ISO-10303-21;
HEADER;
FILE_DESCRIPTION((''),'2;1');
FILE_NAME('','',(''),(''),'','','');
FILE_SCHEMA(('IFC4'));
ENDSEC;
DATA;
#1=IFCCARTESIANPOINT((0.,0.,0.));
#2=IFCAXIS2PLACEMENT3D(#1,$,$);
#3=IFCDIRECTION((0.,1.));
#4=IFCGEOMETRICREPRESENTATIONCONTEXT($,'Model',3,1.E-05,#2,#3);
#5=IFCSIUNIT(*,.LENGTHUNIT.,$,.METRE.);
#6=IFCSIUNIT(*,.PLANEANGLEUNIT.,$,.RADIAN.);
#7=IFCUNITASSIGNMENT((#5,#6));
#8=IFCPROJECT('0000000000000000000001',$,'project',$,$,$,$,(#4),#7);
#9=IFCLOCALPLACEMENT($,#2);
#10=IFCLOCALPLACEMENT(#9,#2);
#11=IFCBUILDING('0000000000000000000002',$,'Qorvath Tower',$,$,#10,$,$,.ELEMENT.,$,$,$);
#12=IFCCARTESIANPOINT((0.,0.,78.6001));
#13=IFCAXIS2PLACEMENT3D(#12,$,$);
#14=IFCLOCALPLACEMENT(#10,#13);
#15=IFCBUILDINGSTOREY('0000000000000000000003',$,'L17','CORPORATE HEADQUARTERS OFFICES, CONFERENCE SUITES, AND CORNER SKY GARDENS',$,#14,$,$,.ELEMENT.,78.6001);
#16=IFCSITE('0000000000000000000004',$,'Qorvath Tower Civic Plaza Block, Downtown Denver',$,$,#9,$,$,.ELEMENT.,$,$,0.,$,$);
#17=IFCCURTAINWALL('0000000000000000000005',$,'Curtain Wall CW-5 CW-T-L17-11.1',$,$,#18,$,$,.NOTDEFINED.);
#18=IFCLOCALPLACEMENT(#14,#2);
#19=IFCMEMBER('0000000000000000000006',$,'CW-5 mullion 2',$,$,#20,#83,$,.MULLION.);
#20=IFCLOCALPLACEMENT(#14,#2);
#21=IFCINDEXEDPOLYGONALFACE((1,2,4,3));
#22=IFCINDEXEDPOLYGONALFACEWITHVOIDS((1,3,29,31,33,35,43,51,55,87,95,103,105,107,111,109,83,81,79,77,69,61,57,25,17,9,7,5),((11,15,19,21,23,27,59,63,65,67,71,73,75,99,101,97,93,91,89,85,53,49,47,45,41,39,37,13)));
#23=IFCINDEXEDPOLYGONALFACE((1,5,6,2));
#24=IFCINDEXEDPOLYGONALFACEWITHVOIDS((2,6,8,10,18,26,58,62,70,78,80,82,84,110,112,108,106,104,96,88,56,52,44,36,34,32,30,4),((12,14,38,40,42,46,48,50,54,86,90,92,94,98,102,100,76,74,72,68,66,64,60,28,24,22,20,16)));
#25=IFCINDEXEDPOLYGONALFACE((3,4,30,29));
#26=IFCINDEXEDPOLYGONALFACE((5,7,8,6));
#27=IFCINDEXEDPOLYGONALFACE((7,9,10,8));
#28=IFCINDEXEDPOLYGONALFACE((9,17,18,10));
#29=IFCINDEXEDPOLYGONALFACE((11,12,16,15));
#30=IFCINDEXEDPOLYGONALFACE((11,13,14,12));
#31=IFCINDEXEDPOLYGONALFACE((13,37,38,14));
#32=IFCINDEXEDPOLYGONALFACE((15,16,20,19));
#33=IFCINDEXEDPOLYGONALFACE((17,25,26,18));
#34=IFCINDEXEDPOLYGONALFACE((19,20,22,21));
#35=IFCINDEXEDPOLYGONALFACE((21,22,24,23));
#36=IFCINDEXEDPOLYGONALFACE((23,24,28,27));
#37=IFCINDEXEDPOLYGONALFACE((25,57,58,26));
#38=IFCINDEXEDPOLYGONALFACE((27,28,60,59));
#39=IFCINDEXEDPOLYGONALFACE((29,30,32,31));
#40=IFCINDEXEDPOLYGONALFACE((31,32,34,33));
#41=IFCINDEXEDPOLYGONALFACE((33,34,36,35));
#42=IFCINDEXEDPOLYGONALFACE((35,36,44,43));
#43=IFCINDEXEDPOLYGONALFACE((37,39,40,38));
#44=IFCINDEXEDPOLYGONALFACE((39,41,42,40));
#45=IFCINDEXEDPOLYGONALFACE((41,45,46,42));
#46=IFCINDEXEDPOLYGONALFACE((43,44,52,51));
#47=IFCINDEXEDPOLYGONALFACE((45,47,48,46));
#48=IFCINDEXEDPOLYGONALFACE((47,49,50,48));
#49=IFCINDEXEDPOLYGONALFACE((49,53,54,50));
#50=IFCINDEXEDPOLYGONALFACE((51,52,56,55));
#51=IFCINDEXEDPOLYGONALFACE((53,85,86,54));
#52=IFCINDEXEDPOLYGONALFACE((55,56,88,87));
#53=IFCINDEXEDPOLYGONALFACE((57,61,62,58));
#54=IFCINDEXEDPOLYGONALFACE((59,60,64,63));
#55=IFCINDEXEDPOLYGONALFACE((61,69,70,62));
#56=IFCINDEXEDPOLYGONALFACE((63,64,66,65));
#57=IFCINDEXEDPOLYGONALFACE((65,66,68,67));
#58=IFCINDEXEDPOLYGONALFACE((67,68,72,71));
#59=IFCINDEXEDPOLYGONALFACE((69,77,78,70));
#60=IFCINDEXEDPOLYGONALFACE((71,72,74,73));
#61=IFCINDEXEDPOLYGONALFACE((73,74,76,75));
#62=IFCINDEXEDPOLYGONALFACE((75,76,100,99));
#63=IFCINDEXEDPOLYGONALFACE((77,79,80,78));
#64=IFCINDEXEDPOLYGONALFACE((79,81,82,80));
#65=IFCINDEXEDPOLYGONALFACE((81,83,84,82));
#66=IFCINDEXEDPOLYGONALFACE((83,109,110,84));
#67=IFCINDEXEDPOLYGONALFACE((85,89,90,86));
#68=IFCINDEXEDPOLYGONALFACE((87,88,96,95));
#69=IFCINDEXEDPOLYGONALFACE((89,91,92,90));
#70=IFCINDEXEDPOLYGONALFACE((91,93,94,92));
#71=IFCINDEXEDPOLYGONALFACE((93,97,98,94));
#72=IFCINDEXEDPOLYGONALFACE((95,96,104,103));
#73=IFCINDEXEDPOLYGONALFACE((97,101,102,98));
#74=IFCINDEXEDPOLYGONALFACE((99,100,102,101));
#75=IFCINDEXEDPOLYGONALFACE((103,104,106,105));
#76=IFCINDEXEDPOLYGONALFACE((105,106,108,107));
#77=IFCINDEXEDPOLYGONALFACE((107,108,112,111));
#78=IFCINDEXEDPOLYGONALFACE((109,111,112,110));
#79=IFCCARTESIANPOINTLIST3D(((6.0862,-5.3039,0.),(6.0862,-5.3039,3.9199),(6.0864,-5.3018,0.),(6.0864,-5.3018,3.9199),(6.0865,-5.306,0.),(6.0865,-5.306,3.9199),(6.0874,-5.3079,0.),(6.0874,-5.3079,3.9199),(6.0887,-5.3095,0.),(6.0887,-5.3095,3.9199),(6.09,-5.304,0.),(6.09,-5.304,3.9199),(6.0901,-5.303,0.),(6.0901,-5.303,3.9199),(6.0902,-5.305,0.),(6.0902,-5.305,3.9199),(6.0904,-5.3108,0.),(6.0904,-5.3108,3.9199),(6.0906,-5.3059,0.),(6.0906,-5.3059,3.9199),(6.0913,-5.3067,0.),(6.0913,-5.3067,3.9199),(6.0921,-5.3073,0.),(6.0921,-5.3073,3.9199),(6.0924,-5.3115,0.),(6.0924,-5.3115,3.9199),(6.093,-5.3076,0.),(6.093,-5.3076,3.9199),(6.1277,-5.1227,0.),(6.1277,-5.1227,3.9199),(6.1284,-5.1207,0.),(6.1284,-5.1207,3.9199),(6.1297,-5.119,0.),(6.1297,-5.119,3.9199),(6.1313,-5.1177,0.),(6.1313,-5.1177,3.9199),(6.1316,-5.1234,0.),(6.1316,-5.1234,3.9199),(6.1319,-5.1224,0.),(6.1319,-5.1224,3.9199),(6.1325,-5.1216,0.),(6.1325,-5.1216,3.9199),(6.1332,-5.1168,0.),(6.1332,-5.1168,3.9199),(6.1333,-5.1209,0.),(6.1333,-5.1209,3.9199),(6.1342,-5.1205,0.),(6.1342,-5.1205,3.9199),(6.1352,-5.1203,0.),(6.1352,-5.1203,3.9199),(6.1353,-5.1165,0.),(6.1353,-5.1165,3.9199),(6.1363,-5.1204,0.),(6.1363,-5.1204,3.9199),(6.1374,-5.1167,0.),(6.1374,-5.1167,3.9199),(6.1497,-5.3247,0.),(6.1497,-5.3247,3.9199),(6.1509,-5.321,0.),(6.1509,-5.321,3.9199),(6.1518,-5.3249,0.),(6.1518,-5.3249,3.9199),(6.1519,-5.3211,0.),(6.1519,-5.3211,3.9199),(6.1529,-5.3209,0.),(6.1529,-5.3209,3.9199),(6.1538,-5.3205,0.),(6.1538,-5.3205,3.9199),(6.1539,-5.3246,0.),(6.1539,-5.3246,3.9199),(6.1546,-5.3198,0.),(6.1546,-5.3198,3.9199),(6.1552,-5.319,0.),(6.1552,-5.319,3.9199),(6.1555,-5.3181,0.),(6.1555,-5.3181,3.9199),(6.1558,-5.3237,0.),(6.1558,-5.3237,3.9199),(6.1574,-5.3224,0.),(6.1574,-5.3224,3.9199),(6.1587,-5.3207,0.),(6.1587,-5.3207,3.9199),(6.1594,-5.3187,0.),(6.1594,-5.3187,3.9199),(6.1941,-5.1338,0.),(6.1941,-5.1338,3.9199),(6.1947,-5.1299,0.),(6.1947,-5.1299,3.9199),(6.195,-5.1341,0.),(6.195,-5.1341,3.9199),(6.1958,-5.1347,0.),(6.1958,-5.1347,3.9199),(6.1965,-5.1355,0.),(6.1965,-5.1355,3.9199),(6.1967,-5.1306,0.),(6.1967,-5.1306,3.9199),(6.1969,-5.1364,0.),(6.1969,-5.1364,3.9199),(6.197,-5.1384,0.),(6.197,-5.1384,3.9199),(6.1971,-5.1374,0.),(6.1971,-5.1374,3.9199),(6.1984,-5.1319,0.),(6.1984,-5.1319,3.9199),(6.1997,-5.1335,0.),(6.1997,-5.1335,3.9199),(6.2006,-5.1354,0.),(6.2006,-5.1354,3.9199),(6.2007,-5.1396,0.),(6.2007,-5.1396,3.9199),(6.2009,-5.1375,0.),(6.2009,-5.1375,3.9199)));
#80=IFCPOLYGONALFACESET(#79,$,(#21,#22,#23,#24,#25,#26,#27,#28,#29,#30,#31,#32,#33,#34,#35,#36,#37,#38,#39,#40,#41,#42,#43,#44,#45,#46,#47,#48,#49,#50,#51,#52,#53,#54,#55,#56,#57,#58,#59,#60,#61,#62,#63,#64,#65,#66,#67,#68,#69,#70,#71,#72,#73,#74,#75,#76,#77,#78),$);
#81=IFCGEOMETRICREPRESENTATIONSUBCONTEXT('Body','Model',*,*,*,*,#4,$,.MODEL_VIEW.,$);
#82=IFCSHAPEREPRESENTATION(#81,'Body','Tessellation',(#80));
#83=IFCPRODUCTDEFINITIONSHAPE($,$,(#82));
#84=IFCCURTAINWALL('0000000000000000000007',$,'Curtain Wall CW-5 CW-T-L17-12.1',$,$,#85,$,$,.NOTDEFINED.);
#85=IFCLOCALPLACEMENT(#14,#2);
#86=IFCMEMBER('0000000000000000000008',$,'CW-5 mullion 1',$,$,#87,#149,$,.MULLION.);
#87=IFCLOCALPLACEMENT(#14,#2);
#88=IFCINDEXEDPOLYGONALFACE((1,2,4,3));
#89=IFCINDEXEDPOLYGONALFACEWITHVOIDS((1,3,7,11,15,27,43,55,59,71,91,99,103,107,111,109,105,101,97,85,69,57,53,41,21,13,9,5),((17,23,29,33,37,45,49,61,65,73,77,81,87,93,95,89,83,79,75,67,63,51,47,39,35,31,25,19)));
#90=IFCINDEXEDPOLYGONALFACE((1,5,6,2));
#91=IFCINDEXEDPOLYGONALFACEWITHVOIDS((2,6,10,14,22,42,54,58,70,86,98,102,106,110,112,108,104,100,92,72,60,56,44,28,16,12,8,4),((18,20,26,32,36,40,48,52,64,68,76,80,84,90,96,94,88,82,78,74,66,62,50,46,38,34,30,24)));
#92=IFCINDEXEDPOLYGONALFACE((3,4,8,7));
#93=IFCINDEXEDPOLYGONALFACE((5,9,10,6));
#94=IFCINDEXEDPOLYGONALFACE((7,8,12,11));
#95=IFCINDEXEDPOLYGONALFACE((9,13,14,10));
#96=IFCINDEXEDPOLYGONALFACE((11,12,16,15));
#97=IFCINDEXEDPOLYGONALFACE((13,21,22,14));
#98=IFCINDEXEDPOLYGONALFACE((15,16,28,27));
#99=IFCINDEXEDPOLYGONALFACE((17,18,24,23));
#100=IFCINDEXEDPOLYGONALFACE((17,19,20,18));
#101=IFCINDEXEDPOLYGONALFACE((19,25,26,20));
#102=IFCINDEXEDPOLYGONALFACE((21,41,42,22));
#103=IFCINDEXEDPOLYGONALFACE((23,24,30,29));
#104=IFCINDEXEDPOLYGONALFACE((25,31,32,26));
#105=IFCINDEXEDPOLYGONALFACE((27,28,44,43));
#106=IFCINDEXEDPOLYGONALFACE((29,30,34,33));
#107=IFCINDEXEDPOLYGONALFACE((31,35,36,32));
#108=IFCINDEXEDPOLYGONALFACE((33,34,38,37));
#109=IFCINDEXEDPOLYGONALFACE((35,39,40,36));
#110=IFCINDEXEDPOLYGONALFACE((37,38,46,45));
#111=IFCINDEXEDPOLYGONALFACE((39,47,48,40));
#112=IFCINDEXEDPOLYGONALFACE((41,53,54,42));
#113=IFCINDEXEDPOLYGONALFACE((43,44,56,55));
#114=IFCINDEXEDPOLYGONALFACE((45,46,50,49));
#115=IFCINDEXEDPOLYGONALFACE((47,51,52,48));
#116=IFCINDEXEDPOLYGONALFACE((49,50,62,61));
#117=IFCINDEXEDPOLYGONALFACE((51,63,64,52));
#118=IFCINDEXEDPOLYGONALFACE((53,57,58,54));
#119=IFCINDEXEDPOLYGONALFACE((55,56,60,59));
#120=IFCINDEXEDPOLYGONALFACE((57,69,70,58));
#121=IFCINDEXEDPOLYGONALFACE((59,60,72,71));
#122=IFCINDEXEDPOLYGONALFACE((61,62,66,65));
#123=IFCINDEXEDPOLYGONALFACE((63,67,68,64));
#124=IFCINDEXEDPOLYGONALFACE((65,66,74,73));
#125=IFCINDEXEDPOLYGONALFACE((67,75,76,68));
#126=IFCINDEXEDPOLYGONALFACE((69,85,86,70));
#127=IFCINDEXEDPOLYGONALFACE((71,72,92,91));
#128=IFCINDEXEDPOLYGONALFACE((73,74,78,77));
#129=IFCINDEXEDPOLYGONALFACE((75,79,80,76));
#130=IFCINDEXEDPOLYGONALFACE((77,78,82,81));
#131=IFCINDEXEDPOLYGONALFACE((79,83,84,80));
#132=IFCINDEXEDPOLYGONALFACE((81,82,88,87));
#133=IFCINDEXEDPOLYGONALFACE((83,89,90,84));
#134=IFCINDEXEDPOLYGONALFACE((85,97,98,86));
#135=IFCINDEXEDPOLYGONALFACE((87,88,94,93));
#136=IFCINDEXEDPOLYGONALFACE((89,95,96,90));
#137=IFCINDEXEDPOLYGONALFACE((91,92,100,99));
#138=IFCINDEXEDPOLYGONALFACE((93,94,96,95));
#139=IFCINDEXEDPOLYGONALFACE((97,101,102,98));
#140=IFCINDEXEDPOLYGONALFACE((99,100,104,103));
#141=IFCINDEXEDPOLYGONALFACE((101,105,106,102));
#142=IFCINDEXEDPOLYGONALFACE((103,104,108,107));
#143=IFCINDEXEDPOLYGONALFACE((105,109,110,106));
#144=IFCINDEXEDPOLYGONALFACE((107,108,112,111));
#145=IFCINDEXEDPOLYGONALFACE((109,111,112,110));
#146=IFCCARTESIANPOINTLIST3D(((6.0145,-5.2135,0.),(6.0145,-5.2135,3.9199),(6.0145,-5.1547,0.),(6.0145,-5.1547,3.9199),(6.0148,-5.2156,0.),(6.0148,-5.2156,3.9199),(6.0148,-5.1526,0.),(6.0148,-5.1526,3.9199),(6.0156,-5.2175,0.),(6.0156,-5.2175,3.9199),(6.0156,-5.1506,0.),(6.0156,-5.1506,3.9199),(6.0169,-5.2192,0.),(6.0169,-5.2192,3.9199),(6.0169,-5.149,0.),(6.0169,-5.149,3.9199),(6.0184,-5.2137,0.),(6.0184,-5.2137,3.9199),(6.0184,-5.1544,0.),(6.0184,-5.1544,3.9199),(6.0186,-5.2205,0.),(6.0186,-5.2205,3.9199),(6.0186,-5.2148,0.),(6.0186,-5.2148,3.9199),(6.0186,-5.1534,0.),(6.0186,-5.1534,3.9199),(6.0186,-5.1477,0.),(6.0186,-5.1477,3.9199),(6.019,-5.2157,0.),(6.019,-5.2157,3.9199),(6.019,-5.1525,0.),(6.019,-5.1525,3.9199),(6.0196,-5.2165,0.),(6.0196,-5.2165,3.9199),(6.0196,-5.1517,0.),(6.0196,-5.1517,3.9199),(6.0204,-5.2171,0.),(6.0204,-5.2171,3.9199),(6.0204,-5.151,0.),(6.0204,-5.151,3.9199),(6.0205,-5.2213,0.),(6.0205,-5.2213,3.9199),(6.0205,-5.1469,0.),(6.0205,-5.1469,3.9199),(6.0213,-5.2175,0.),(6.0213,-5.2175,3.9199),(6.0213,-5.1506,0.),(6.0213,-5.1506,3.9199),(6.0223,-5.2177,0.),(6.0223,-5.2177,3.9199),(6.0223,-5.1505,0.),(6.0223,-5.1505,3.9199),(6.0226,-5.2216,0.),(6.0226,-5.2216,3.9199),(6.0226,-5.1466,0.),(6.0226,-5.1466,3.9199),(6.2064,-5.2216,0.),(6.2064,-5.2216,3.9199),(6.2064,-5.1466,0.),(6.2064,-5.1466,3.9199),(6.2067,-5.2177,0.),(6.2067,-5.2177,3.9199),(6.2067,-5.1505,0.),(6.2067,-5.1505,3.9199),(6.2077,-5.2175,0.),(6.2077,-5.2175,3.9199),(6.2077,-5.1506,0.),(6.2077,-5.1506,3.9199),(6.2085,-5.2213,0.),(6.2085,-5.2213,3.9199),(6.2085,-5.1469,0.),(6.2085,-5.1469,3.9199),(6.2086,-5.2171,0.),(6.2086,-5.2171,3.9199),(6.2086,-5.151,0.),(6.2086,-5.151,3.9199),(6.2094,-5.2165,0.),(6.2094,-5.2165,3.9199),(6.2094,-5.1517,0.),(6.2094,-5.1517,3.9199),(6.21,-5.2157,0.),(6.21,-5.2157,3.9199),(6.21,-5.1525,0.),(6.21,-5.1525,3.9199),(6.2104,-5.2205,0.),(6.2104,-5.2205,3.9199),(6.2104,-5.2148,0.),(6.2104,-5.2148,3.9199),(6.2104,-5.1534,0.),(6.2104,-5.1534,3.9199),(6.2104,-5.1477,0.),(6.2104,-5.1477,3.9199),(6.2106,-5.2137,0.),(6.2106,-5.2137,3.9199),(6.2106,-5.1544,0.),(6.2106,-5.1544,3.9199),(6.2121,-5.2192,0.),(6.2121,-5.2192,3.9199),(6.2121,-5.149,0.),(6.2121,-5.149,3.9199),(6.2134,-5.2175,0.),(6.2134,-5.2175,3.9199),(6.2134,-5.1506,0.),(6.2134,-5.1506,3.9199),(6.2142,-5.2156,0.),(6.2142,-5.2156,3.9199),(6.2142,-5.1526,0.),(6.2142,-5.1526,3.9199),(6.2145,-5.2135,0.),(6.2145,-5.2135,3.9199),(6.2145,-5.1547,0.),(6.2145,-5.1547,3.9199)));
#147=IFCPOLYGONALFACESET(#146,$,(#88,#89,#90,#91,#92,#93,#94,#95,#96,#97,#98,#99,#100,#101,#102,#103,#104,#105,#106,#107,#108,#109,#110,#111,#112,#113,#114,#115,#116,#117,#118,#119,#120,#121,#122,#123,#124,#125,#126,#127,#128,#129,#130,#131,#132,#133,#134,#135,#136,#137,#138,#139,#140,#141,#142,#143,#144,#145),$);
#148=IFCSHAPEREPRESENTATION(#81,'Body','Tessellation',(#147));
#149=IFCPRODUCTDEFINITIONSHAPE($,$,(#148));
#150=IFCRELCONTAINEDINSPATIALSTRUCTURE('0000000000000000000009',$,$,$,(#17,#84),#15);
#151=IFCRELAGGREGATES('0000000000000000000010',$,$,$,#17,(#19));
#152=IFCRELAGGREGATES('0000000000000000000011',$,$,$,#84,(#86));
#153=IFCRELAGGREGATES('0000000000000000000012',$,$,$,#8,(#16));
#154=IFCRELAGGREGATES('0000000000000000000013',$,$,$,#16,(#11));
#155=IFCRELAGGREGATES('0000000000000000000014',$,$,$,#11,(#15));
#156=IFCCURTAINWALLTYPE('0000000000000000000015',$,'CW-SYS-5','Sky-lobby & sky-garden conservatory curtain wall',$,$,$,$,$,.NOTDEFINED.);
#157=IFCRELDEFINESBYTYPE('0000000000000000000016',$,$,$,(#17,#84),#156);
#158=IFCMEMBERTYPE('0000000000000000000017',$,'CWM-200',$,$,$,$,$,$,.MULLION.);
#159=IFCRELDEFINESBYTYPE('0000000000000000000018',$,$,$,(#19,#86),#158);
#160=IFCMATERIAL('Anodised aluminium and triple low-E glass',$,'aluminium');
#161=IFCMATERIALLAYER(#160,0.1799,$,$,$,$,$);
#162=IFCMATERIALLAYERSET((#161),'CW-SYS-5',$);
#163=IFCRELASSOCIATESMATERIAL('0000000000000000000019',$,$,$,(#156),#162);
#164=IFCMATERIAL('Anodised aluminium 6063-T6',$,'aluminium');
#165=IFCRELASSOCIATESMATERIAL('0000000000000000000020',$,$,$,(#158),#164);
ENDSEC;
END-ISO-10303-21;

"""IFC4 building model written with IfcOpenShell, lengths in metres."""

from ifc_helpers import new_model, si_unit, direction, frame, origin, origin_2d, place, context, subcontext, project, spatial, hollow_rectangle, extrude, material, layer, layer_set, material_profile, profile_set, type_object, element, aggregate, save


model = new_model("IFC4")

# Units and contexts
model_context = context("Model", 3, precision=1e-05, world=origin(), true_north=direction((0.0, 1.0)))
body_context = subcontext(model_context, "Body", "Model", "MODEL_VIEW")
ifc_project = project(units=[si_unit("LENGTHUNIT", "METRE"), si_unit("PLANEANGLEUNIT", "RADIAN")], contexts=[model_context])

# Site, building, storey
site_placement = place(None, origin())
site = spatial("IfcSite", under=ifc_project, at=site_placement, Name="Qorvath Tower Civic Plaza Block, Downtown Denver", CompositionType="ELEMENT", RefElevation=0.0)
building_placement = place(site_placement, origin())
building = spatial("IfcBuilding", under=site, at=building_placement, Name="Qorvath Tower", CompositionType="ELEMENT")
storey_placement = place(building_placement, frame((0.0, 0.0, 78.6001)))
storey = spatial("IfcBuildingStorey", under=building, at=storey_placement, Name="L17", Description="CORPORATE HEADQUARTERS OFFICES, CONFERENCE SUITES, AND CORNER SKY GARDENS", CompositionType="ELEMENT", Elevation=78.6001)

# Curtain wall, member
ifc_material_1 = material(Name="Anodised aluminium and triple low-E glass", Category="aluminium")
ifc_layer_1 = layer(ifc_material_1, 0.1799)
ifc_layer_set_1 = layer_set([ifc_layer_1], Name="CW-SYS-5")
curtain_wall_type = type_object("IfcCurtainWallType", Name="CW-SYS-5", Description="Sky-lobby & sky-garden conservatory curtain wall", PredefinedType="NOTDEFINED", material=ifc_layer_set_1)
curtain_wall_1_placement = place(storey_placement, origin())
curtain_wall_1 = element("IfcCurtainWall", 1, at=curtain_wall_1_placement, inside=storey, type_object=curtain_wall_type, Name="Curtain Wall CW-5 CW-T-L17-11.1", PredefinedType="NOTDEFINED")
ifc_material_2 = material(Name="Anodised aluminium 6063-T6", Category="aluminium")
ifc_material_profile_1 = material_profile(ifc_material_2, hollow_rectangle(XDim=0.075, YDim=0.2, WallThickness=0.0039, InnerFilletRadius=0.0039, OuterFilletRadius=0.0081, at=origin_2d()), Name="CWM 200x75")
ifc_profile_set_1 = profile_set([ifc_material_profile_1], Name="Anodised aluminium 6063-T6")
member_type_1 = type_object("IfcMemberType", Name="CWM-200", PredefinedType="MULLION", material=ifc_profile_set_1)
member_1_placement = place(storey_placement, frame((6.1436, -5.2207, 0.0), z_axis=(0.0, 0.0, 1.0), x_axis=(-0.974388, 0.224872, 0.0)))
member_1 = element("IfcMember", 2, at=member_1_placement, type_object=member_type_1, Name="CW-5 mullion 2", PredefinedType="MULLION", context=body_context, shape_type="SweptSolid", body=[
    extrude(hollow_rectangle(XDim=0.075, YDim=0.2, WallThickness=0.0039, InnerFilletRadius=0.0039, OuterFilletRadius=0.0081, at=origin_2d()), origin(), (0.0, 0.0, 1.0), 3.9199),
])
aggregate(curtain_wall_1, [member_1])

# Curtain wall, member
curtain_wall_2_placement = place(storey_placement, origin())
curtain_wall_2 = element("IfcCurtainWall", 3, at=curtain_wall_2_placement, inside=storey, type_object=curtain_wall_type, Name="Curtain Wall CW-5 CW-T-L17-12.1", PredefinedType="NOTDEFINED")
member_2_placement = place(storey_placement, frame((6.1145, -5.1841, 0.0), z_axis=(0.0, 0.0, 1.0), x_axis=(0.0, -1.0, 0.0)))
member_2 = element("IfcMember", 4, at=member_2_placement, type_object=member_type_1, Name="CW-5 mullion 1", PredefinedType="MULLION", context=body_context, shape_type="SweptSolid", body=[
    extrude(hollow_rectangle(XDim=0.075, YDim=0.2, WallThickness=0.0039, InnerFilletRadius=0.0039, OuterFilletRadius=0.0081, at=origin_2d()), origin(), (0.0, 0.0, 1.0), 3.9199),
])

aggregate(curtain_wall_2, [member_2])

save(model, "model.ifc")
